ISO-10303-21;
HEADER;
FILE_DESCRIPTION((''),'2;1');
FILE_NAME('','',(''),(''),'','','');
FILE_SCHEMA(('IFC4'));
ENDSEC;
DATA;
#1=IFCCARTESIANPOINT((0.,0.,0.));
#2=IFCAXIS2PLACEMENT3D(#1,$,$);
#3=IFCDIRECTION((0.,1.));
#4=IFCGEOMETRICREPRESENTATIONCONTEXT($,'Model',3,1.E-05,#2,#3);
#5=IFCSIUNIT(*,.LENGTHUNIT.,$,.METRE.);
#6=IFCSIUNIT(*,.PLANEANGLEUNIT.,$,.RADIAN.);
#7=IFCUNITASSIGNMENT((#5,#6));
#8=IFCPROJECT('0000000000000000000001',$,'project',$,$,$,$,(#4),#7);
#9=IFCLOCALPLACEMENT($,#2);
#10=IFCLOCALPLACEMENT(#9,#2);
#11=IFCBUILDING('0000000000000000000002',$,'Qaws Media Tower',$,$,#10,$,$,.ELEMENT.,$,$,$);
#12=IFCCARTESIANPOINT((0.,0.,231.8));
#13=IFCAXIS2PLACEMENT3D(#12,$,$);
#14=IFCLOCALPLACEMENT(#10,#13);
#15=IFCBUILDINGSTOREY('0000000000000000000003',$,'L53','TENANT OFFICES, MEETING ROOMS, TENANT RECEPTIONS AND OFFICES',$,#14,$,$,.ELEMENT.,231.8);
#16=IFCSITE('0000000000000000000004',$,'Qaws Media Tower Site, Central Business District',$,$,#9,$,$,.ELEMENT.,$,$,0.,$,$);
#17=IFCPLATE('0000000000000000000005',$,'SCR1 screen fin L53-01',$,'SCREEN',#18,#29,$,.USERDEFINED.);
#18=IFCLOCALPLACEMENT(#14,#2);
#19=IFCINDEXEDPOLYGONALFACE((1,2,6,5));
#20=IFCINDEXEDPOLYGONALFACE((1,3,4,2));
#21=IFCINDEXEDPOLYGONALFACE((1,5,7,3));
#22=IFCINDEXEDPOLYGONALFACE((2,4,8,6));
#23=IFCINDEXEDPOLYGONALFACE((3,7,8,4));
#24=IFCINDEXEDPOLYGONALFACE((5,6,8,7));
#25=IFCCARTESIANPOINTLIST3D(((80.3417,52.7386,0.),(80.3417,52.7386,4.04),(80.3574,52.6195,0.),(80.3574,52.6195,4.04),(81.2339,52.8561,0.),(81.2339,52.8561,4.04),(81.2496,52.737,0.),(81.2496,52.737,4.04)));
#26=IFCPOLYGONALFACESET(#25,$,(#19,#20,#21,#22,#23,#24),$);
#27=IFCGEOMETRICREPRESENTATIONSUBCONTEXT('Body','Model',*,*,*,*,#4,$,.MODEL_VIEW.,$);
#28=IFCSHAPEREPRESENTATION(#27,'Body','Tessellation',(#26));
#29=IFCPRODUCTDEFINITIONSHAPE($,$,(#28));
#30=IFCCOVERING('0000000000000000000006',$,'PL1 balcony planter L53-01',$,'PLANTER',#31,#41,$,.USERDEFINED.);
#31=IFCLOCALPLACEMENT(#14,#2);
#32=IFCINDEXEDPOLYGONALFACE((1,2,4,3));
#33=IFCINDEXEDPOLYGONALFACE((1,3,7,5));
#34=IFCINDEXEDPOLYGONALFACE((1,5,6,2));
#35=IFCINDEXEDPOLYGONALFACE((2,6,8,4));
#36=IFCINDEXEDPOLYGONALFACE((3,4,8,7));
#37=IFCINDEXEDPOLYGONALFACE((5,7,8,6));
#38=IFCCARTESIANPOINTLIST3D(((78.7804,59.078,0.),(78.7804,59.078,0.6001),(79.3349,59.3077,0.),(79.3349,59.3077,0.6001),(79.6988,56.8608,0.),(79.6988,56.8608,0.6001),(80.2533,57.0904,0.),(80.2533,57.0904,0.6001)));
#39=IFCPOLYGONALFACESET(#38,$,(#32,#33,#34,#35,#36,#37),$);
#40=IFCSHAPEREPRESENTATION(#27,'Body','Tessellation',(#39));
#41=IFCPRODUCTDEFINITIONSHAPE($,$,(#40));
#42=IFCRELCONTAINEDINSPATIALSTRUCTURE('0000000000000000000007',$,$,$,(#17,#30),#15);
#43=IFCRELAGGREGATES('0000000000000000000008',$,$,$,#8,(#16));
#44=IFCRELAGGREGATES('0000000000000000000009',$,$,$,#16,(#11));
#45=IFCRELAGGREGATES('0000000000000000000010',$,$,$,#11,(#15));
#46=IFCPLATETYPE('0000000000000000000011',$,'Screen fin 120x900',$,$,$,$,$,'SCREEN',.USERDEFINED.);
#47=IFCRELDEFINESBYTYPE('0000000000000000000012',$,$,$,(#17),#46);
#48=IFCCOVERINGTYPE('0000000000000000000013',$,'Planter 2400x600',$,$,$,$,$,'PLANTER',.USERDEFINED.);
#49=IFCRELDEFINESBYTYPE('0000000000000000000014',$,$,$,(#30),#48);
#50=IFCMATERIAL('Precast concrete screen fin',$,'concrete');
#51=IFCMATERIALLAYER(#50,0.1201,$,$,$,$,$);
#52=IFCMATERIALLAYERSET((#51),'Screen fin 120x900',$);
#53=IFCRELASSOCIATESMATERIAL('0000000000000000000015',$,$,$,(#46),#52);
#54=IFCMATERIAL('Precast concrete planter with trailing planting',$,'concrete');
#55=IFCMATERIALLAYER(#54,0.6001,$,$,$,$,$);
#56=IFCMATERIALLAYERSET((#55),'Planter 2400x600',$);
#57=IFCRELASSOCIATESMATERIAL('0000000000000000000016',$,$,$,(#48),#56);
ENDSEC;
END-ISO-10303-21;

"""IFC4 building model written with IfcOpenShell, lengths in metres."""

from ifc_helpers import new_model, si_unit, direction, frame, origin, origin_2d, place, context, subcontext, project, spatial, rectangle, extrude, material, layer, layer_set, type_object, element, save


model = new_model("IFC4")

# Units and contexts
model_context = context("Model", 3, precision=1e-05, world=origin(), true_north=direction((0.0, 1.0)))
body_context = subcontext(model_context, "Body", "Model", "MODEL_VIEW")
ifc_project = project(units=[si_unit("LENGTHUNIT", "METRE"), si_unit("PLANEANGLEUNIT", "RADIAN")], contexts=[model_context])

# Site, building, storey
site_placement = place(None, origin())
site = spatial("IfcSite", under=ifc_project, at=site_placement, Name="Qaws Media Tower Site, Central Business District", CompositionType="ELEMENT", RefElevation=0.0)
building_placement = place(site_placement, origin())
building = spatial("IfcBuilding", under=site, at=building_placement, Name="Qaws Media Tower", CompositionType="ELEMENT")
storey_placement = place(building_placement, frame((0.0, 0.0, 231.8)))
storey = spatial("IfcBuildingStorey", under=building, at=storey_placement, Name="L53", Description="TENANT OFFICES, MEETING ROOMS, TENANT RECEPTIONS AND OFFICES", CompositionType="ELEMENT", Elevation=231.8)

# Plate
ifc_material_1 = material(Name="Precast concrete screen fin", Category="concrete")
ifc_layer_1 = layer(ifc_material_1, 0.1201)
ifc_layer_set_1 = layer_set([ifc_layer_1], Name="Screen fin 120x900")
plate_type_1 = type_object("IfcPlateType", Name="Screen fin 120x900", ElementType="SCREEN", PredefinedType="USERDEFINED", material=ifc_layer_set_1)
plate_1_placement = place(storey_placement, frame((80.7957, 52.7378, 0.0), z_axis=(0.0, 0.0, 1.0), x_axis=(0.991445, 0.130526, 0.0)))
element("IfcPlate", 1, at=plate_1_placement, inside=storey, type_object=plate_type_1, Name="SCR1 screen fin L53-01", ObjectType="SCREEN", PredefinedType="USERDEFINED", context=body_context, shape_type="SweptSolid", body=[
    extrude(rectangle(XDim=0.8999, YDim=0.1201, at=origin_2d()), origin(), (0.0, 0.0, 1.0), 4.04),
])

# Covering
ifc_material_2 = material(Name="Precast concrete planter with trailing planting", Category="concrete")
ifc_layer_2 = layer(ifc_material_2, 0.6001)
ifc_layer_set_2 = layer_set([ifc_layer_2], Name="Planter 2400x600")
covering_type = type_object("IfcCoveringType", Name="Planter 2400x600", ElementType="PLANTER", PredefinedType="USERDEFINED", material=ifc_layer_set_2)
covering_placement = place(storey_placement, frame((79.5168, 58.0842, 0.0), z_axis=(0.0, 0.0, 1.0), x_axis=(-0.382683, 0.92388, 0.0)))
element("IfcCovering", 2, at=covering_placement, inside=storey, type_object=covering_type, Name="PL1 balcony planter L53-01", ObjectType="PLANTER", PredefinedType="USERDEFINED", context=body_context, shape_type="SweptSolid", body=[
    extrude(rectangle(XDim=2.3999, YDim=0.6001, at=origin_2d()), origin(), (0.0, 0.0, 1.0), 0.6001),
])

save(model, "model.ifc")
